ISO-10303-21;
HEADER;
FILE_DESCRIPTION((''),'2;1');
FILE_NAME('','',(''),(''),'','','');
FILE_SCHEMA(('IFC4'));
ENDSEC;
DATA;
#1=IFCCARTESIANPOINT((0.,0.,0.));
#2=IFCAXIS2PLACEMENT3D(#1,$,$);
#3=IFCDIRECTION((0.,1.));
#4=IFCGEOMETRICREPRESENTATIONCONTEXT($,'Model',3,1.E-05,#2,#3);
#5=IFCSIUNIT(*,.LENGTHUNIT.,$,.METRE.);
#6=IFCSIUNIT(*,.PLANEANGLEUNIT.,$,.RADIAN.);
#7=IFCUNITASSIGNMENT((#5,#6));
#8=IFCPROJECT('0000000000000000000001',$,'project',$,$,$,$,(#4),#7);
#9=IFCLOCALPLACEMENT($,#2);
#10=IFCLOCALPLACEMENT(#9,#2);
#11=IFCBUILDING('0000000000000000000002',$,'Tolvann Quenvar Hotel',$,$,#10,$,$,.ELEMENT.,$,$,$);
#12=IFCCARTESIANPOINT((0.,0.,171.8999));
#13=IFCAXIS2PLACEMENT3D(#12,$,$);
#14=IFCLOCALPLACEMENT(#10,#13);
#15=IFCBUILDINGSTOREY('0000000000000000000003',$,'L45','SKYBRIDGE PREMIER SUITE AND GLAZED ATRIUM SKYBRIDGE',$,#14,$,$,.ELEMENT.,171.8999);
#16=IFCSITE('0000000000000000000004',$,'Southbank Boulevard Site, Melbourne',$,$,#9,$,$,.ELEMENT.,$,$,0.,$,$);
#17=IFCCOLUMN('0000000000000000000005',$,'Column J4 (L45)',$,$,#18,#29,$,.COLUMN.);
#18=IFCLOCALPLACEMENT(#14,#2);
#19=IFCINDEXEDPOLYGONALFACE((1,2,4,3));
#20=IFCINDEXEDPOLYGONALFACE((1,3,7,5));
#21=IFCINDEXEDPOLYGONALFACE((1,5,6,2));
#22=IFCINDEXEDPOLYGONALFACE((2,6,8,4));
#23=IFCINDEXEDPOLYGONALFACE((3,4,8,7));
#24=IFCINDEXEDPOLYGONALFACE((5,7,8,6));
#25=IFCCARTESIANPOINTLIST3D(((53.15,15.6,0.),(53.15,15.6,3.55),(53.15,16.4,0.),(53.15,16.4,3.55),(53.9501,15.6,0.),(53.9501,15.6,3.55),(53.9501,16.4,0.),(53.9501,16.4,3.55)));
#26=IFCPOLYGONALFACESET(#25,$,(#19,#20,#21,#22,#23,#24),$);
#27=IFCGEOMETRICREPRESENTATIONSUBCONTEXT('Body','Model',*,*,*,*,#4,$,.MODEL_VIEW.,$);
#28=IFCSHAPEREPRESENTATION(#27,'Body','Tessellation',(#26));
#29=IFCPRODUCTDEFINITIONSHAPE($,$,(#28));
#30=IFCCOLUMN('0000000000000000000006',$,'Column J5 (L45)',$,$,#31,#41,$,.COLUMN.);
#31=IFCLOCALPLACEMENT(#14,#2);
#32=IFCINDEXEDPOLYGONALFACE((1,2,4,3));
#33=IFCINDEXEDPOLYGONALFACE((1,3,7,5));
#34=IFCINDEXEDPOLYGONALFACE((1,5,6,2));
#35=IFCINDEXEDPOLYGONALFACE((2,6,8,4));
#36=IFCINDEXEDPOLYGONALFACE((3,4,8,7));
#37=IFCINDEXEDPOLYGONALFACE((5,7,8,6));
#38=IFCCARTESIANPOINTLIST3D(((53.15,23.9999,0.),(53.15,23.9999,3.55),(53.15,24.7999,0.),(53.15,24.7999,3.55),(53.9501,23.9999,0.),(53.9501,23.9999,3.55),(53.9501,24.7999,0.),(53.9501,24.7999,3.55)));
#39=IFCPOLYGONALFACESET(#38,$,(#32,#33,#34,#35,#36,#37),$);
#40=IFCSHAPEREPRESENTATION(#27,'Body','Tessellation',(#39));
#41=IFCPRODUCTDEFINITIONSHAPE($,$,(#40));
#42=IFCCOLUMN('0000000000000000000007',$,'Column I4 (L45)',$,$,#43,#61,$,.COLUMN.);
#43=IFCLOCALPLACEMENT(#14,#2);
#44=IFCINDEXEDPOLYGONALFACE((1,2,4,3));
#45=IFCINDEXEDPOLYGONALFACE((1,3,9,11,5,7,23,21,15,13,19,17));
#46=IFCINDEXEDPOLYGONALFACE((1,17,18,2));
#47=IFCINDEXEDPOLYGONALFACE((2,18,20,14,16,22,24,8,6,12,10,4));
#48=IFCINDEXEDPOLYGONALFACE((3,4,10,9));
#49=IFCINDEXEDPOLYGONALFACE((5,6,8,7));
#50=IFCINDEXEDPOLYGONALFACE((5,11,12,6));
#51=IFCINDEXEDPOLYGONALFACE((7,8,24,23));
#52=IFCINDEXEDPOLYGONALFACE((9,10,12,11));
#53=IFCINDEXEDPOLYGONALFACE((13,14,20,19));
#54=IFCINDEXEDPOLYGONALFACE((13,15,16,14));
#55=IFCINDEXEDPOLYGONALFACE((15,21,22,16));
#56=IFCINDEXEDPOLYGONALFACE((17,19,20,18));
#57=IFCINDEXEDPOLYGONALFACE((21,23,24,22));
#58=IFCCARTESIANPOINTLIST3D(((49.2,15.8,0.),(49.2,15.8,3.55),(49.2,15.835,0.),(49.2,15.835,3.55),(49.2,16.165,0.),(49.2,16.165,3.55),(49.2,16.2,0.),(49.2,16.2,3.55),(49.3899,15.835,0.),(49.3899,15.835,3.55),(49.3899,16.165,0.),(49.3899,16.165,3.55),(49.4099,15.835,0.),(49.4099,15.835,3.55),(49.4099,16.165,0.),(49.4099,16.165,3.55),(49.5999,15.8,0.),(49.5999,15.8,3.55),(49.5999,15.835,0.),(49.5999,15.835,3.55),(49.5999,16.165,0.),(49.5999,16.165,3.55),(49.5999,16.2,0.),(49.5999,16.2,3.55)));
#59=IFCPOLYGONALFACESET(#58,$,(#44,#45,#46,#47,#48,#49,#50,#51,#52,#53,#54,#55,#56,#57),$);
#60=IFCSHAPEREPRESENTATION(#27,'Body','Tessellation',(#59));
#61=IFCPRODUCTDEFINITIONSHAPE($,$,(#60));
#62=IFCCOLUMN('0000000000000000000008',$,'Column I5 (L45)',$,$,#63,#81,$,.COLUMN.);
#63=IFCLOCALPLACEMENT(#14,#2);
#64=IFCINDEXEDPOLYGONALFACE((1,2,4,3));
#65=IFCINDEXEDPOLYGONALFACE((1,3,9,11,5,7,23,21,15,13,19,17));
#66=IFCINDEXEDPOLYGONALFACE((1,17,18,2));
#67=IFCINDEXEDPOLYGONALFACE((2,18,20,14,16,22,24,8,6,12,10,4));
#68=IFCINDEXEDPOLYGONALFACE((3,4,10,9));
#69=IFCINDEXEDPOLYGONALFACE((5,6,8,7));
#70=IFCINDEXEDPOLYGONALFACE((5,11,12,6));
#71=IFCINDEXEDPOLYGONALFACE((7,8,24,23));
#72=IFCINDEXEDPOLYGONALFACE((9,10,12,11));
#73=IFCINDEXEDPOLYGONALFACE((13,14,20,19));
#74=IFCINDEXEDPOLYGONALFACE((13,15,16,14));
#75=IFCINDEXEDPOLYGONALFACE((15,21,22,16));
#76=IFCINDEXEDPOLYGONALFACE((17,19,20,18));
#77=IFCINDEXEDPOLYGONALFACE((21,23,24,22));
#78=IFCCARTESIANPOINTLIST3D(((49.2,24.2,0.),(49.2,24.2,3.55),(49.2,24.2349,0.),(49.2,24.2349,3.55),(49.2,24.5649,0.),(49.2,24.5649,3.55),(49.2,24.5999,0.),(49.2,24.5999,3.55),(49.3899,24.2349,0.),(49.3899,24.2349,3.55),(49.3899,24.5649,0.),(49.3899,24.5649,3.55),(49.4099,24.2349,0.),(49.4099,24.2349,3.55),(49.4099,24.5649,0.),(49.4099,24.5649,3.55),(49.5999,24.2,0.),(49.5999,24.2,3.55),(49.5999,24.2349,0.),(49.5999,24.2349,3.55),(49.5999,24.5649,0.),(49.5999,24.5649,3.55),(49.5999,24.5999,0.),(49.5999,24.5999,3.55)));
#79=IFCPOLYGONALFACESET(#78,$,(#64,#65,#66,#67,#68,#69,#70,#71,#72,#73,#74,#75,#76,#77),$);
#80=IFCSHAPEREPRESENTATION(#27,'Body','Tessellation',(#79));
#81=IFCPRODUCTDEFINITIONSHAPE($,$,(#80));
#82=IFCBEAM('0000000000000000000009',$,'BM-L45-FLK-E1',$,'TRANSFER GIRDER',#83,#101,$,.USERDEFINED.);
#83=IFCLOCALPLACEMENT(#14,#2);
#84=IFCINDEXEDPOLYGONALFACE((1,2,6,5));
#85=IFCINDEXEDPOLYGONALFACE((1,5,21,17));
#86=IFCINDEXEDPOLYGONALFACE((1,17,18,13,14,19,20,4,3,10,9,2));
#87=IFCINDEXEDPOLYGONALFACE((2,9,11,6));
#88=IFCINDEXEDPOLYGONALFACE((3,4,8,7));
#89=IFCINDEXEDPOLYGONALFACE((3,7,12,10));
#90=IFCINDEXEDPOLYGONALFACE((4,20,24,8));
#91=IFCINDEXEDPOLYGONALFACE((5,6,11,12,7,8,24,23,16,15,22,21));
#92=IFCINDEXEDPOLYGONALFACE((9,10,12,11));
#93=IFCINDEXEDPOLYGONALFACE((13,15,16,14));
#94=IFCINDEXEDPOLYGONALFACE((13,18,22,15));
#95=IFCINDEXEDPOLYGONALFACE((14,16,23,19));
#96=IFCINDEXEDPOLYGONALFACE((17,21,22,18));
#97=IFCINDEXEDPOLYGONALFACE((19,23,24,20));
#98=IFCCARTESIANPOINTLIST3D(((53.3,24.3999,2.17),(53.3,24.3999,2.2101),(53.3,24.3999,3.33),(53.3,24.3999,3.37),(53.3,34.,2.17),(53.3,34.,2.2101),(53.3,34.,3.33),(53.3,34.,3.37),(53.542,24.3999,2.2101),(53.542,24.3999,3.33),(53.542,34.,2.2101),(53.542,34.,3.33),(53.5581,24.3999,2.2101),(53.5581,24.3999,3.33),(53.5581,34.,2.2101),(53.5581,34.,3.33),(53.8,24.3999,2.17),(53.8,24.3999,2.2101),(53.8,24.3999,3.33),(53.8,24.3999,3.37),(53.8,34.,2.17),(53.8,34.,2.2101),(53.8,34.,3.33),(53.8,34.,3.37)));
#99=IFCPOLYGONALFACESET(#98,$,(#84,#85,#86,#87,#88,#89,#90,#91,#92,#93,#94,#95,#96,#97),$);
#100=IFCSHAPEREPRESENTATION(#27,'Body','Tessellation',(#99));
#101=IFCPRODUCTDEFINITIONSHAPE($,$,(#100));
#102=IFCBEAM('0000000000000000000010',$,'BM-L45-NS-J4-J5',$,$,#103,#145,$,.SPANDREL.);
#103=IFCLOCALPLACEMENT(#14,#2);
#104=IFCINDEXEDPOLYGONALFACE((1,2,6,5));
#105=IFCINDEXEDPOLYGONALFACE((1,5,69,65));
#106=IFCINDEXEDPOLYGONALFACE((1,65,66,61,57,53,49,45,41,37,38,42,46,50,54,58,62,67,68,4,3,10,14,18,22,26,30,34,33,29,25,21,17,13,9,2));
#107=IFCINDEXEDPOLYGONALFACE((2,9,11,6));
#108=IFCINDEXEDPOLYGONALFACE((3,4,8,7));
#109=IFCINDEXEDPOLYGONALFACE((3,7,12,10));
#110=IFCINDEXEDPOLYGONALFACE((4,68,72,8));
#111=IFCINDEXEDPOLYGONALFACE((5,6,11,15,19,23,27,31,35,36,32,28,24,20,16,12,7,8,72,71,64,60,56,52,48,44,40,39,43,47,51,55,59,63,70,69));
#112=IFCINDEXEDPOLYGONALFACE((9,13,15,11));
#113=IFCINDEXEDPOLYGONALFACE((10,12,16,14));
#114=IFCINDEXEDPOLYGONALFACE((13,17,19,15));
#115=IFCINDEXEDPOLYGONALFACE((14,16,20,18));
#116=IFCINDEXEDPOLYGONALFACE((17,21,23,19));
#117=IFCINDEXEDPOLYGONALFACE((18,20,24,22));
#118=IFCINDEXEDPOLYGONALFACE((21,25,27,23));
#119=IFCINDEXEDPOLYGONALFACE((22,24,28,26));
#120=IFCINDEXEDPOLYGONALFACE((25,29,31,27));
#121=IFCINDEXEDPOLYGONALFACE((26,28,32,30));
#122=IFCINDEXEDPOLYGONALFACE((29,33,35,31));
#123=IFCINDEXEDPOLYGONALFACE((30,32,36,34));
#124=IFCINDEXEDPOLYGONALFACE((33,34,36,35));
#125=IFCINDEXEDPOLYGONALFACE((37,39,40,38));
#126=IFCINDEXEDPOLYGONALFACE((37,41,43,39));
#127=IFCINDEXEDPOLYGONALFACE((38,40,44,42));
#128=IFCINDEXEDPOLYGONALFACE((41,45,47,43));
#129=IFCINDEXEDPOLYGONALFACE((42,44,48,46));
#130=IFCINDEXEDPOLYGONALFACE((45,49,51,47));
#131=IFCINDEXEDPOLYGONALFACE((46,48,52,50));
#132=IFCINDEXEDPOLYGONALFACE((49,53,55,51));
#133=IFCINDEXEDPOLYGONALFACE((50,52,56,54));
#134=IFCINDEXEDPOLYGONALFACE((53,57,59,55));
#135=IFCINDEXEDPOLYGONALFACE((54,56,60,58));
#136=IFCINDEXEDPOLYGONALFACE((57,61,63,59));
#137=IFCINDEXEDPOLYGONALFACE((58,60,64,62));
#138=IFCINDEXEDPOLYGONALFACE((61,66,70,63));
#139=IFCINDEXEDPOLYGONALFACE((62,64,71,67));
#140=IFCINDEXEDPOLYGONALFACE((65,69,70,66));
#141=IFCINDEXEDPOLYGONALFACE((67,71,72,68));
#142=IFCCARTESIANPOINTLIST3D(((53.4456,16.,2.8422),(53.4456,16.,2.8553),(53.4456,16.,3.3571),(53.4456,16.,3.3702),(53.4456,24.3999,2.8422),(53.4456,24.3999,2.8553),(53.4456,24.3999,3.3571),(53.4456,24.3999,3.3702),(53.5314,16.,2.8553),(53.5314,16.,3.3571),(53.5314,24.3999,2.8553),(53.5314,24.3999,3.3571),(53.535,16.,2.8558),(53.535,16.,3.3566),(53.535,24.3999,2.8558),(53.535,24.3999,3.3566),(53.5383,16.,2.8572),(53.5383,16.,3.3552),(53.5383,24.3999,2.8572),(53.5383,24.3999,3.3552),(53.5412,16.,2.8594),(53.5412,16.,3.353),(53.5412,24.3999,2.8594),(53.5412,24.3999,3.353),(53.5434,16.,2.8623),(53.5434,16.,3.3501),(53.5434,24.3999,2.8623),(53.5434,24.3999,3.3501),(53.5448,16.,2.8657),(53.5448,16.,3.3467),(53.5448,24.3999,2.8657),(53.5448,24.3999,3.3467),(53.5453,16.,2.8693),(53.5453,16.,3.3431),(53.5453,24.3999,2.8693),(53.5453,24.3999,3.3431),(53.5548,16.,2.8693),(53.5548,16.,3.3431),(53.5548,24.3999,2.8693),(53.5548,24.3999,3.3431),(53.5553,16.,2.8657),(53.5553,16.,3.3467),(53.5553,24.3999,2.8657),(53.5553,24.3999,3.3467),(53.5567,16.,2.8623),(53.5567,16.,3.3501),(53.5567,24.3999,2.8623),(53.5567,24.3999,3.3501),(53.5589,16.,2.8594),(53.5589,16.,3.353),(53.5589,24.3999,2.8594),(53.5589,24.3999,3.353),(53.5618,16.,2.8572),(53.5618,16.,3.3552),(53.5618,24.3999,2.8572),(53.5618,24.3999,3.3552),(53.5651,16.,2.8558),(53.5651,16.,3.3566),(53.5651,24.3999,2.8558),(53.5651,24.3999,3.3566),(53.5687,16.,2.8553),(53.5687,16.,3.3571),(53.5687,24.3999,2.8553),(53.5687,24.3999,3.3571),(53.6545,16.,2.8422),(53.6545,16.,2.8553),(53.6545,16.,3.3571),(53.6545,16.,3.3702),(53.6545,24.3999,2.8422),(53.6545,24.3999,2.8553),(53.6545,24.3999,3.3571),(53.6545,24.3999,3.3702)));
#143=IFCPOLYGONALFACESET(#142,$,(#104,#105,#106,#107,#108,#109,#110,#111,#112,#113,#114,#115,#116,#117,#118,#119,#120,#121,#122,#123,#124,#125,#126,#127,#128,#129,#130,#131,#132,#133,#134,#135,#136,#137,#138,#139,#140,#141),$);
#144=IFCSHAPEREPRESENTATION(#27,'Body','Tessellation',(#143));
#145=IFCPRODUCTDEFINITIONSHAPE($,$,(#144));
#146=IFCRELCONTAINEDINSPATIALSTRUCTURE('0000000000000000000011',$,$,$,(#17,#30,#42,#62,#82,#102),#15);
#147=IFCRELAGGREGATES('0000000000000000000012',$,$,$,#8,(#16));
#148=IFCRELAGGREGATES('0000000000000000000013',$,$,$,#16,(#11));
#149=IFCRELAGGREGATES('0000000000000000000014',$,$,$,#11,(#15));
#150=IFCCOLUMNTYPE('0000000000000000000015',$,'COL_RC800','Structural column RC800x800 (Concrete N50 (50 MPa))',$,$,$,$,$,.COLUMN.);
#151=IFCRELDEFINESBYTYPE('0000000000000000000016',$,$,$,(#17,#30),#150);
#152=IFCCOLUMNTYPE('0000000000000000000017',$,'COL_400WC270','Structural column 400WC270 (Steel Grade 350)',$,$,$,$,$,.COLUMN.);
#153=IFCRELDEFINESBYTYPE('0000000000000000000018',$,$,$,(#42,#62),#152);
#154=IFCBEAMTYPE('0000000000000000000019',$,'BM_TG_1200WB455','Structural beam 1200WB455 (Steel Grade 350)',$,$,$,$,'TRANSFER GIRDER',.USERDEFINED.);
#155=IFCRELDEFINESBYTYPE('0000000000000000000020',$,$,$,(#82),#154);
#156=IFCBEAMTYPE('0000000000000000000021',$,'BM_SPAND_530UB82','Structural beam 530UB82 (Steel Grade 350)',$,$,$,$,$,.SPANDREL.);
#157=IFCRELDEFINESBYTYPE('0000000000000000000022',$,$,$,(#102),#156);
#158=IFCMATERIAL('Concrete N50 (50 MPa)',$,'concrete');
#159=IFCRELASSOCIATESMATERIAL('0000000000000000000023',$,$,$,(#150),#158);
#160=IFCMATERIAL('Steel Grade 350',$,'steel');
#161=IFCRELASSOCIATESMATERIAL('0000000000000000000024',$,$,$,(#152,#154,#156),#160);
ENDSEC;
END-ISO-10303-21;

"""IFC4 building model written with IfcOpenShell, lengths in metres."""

from ifc_helpers import new_model, si_unit, direction, frame, origin, origin_2d, place, context, subcontext, project, spatial, rectangle, i_section, extrude, source, transform, mapped, material, material_profile, profile_set, type_object, type_shapes, element, save


model = new_model("IFC4")

# Units and contexts
model_context = context("Model", 3, precision=1e-05, world=origin(), true_north=direction((0.0, 1.0)))
body_context = subcontext(model_context, "Body", "Model", "MODEL_VIEW")
ifc_project = project(units=[si_unit("LENGTHUNIT", "METRE"), si_unit("PLANEANGLEUNIT", "RADIAN")], contexts=[model_context])

# Site, building, storey
site_placement = place(None, origin())
site = spatial("IfcSite", under=ifc_project, at=site_placement, Name="Southbank Boulevard Site, Melbourne", CompositionType="ELEMENT", RefElevation=0.0)
building_placement = place(site_placement, origin())
building = spatial("IfcBuilding", under=site, at=building_placement, Name="Tolvann Quenvar Hotel", CompositionType="ELEMENT")
storey_placement = place(building_placement, frame((0.0, 0.0, 171.8999)))
storey = spatial("IfcBuildingStorey", under=building, at=storey_placement, Name="L45", Description="SKYBRIDGE PREMIER SUITE AND GLAZED ATRIUM SKYBRIDGE", CompositionType="ELEMENT", Elevation=171.8999)

# Columns
ifc_material_1 = material(Name="Concrete N50 (50 MPa)", Category="concrete")
ifc_material_profile_1 = material_profile(ifc_material_1, rectangle(XDim=0.8, YDim=0.8, at=origin_2d()), Name="RC800x800")
ifc_profile_set_1 = profile_set([ifc_material_profile_1], Name="Concrete N50 (50 MPa)")
column_type_1 = type_object("IfcColumnType", Name="COL_RC800", Description="Structural column RC800x800 (Concrete N50 (50 MPa))", PredefinedType="COLUMN", material=ifc_profile_set_1)
shared_shape_1 = source(origin(), body_context, "Body", "SweptSolid", [
    extrude(rectangle(XDim=0.8, YDim=0.8, at=origin_2d()), origin(), (0.0, 0.0, 1.0), 3.55),
])
type_shapes(column_type_1, [shared_shape_1])
for number, where, z_axis, x_axis, name in (
    (1, (53.55, 16.0, 0.0), (0.0, 0.0, 1.0), (1.0, 0.0, 0.0), "Column J4 (L45)"),
    (2, (53.55, 24.3999, 0.0), (0.0, 0.0, 1.0), (1.0, 0.0, 0.0), "Column J5 (L45)"),
):
    element("IfcColumn", number, at=place(storey_placement, frame(where, z_axis=z_axis, x_axis=x_axis)), inside=storey, type_object=column_type_1, Name=name, PredefinedType="COLUMN", context=body_context, shape_type="MappedRepresentation", body=[
        mapped(shared_shape_1, transform((0.0, 0.0, 0.0), x_axis=(1.0, 0.0, 0.0), y_axis=(0.0, 1.0, 0.0), z_axis=(0.0, 0.0, 1.0), scale=1.0)),
    ])
ifc_material_2 = material(Name="Steel Grade 350", Category="steel")
ifc_material_profile_2 = material_profile(ifc_material_2, i_section(OverallWidth=0.3999, OverallDepth=0.3999, WebThickness=0.02, FlangeThickness=0.0349, at=origin_2d()), Name="400WC270")
ifc_profile_set_2 = profile_set([ifc_material_profile_2], Name="Steel Grade 350")
column_type_2 = type_object("IfcColumnType", Name="COL_400WC270", Description="Structural column 400WC270 (Steel Grade 350)", PredefinedType="COLUMN", material=ifc_profile_set_2)
shared_shape_2 = source(origin(), body_context, "Body", "SweptSolid", [
    extrude(i_section(OverallWidth=0.3999, OverallDepth=0.3999, WebThickness=0.02, FlangeThickness=0.0349, at=origin_2d()), origin(), (0.0, 0.0, 1.0), 3.55),
])
type_shapes(column_type_2, [shared_shape_2])
for number, where, z_axis, x_axis, name in (
    (3, (49.3999, 16.0, 0.0), (0.0, 0.0, 1.0), (1.0, 0.0, 0.0), "Column I4 (L45)"),
    (4, (49.3999, 24.3999, 0.0), (0.0, 0.0, 1.0), (1.0, 0.0, 0.0), "Column I5 (L45)"),
):
    element("IfcColumn", number, at=place(storey_placement, frame(where, z_axis=z_axis, x_axis=x_axis)), inside=storey, type_object=column_type_2, Name=name, PredefinedType="COLUMN", context=body_context, shape_type="MappedRepresentation", body=[
        mapped(shared_shape_2, transform((0.0, 0.0, 0.0), x_axis=(1.0, 0.0, 0.0), y_axis=(0.0, 1.0, 0.0), z_axis=(0.0, 0.0, 1.0), scale=1.0)),
    ])

# Beams
ifc_material_profile_3 = material_profile(ifc_material_2, i_section(OverallWidth=0.5, OverallDepth=1.2, WebThickness=0.0161, FlangeThickness=0.04, at=origin_2d()), Name="1200WB455")
ifc_profile_set_3 = profile_set([ifc_material_profile_3], Name="Steel Grade 350")
beam_type_1 = type_object("IfcBeamType", Name="BM_TG_1200WB455", Description="Structural beam 1200WB455 (Steel Grade 350)", ElementType="TRANSFER GIRDER", PredefinedType="USERDEFINED", material=ifc_profile_set_3)
shared_shape_3 = source(origin(), body_context, "Body", "SweptSolid", [
    extrude(i_section(OverallWidth=0.5, OverallDepth=1.2, WebThickness=0.0161, FlangeThickness=0.04, at=origin_2d()), origin(), (0.0, 0.0, 1.0), 9.6001),
])
beam_1_placement = place(storey_placement, frame((53.55, 24.3999, 2.77), z_axis=(0.0, 1.0, 0.0), x_axis=(-1.0, 0.0, 0.0)))
element("IfcBeam", 5, at=beam_1_placement, inside=storey, type_object=beam_type_1, Name="BM-L45-FLK-E1", ObjectType="TRANSFER GIRDER", PredefinedType="USERDEFINED", context=body_context, shape_type="MappedRepresentation", body=[
    mapped(shared_shape_3, transform((0.0, 0.0, 0.0), x_axis=(1.0, 0.0, 0.0), y_axis=(0.0, 1.0, 0.0), z_axis=(0.0, 0.0, 1.0), scale=1.0)),
])
ifc_material_profile_4 = material_profile(ifc_material_2, i_section(OverallWidth=0.209, OverallDepth=0.5281, WebThickness=0.0095, FlangeThickness=0.0132, FilletRadius=0.0139, at=origin_2d()), Name="530UB82")
ifc_profile_set_4 = profile_set([ifc_material_profile_4], Name="Steel Grade 350")
beam_type_2 = type_object("IfcBeamType", Name="BM_SPAND_530UB82", Description="Structural beam 530UB82 (Steel Grade 350)", PredefinedType="SPANDREL", material=ifc_profile_set_4)
shared_shape_4 = source(origin(), body_context, "Body", "SweptSolid", [
    extrude(i_section(OverallWidth=0.209, OverallDepth=0.5281, WebThickness=0.0095, FlangeThickness=0.0132, FilletRadius=0.0139, at=origin_2d()), origin(), (0.0, 0.0, 1.0), 8.3999),
])
type_shapes(beam_type_2, [shared_shape_4])
beam_2_placement = place(storey_placement, frame((53.55, 16.0, 3.1062), z_axis=(0.0, 1.0, 0.0), x_axis=(-1.0, 0.0, 0.0)))
element("IfcBeam", 6, at=beam_2_placement, inside=storey, type_object=beam_type_2, Name="BM-L45-NS-J4-J5", PredefinedType="SPANDREL", context=body_context, shape_type="MappedRepresentation", body=[
    mapped(shared_shape_4, transform((0.0, 0.0, 0.0), x_axis=(1.0, 0.0, 0.0), y_axis=(0.0, 1.0, 0.0), z_axis=(0.0, 0.0, 1.0), scale=1.0)),
])

save(model, "model.ifc")
